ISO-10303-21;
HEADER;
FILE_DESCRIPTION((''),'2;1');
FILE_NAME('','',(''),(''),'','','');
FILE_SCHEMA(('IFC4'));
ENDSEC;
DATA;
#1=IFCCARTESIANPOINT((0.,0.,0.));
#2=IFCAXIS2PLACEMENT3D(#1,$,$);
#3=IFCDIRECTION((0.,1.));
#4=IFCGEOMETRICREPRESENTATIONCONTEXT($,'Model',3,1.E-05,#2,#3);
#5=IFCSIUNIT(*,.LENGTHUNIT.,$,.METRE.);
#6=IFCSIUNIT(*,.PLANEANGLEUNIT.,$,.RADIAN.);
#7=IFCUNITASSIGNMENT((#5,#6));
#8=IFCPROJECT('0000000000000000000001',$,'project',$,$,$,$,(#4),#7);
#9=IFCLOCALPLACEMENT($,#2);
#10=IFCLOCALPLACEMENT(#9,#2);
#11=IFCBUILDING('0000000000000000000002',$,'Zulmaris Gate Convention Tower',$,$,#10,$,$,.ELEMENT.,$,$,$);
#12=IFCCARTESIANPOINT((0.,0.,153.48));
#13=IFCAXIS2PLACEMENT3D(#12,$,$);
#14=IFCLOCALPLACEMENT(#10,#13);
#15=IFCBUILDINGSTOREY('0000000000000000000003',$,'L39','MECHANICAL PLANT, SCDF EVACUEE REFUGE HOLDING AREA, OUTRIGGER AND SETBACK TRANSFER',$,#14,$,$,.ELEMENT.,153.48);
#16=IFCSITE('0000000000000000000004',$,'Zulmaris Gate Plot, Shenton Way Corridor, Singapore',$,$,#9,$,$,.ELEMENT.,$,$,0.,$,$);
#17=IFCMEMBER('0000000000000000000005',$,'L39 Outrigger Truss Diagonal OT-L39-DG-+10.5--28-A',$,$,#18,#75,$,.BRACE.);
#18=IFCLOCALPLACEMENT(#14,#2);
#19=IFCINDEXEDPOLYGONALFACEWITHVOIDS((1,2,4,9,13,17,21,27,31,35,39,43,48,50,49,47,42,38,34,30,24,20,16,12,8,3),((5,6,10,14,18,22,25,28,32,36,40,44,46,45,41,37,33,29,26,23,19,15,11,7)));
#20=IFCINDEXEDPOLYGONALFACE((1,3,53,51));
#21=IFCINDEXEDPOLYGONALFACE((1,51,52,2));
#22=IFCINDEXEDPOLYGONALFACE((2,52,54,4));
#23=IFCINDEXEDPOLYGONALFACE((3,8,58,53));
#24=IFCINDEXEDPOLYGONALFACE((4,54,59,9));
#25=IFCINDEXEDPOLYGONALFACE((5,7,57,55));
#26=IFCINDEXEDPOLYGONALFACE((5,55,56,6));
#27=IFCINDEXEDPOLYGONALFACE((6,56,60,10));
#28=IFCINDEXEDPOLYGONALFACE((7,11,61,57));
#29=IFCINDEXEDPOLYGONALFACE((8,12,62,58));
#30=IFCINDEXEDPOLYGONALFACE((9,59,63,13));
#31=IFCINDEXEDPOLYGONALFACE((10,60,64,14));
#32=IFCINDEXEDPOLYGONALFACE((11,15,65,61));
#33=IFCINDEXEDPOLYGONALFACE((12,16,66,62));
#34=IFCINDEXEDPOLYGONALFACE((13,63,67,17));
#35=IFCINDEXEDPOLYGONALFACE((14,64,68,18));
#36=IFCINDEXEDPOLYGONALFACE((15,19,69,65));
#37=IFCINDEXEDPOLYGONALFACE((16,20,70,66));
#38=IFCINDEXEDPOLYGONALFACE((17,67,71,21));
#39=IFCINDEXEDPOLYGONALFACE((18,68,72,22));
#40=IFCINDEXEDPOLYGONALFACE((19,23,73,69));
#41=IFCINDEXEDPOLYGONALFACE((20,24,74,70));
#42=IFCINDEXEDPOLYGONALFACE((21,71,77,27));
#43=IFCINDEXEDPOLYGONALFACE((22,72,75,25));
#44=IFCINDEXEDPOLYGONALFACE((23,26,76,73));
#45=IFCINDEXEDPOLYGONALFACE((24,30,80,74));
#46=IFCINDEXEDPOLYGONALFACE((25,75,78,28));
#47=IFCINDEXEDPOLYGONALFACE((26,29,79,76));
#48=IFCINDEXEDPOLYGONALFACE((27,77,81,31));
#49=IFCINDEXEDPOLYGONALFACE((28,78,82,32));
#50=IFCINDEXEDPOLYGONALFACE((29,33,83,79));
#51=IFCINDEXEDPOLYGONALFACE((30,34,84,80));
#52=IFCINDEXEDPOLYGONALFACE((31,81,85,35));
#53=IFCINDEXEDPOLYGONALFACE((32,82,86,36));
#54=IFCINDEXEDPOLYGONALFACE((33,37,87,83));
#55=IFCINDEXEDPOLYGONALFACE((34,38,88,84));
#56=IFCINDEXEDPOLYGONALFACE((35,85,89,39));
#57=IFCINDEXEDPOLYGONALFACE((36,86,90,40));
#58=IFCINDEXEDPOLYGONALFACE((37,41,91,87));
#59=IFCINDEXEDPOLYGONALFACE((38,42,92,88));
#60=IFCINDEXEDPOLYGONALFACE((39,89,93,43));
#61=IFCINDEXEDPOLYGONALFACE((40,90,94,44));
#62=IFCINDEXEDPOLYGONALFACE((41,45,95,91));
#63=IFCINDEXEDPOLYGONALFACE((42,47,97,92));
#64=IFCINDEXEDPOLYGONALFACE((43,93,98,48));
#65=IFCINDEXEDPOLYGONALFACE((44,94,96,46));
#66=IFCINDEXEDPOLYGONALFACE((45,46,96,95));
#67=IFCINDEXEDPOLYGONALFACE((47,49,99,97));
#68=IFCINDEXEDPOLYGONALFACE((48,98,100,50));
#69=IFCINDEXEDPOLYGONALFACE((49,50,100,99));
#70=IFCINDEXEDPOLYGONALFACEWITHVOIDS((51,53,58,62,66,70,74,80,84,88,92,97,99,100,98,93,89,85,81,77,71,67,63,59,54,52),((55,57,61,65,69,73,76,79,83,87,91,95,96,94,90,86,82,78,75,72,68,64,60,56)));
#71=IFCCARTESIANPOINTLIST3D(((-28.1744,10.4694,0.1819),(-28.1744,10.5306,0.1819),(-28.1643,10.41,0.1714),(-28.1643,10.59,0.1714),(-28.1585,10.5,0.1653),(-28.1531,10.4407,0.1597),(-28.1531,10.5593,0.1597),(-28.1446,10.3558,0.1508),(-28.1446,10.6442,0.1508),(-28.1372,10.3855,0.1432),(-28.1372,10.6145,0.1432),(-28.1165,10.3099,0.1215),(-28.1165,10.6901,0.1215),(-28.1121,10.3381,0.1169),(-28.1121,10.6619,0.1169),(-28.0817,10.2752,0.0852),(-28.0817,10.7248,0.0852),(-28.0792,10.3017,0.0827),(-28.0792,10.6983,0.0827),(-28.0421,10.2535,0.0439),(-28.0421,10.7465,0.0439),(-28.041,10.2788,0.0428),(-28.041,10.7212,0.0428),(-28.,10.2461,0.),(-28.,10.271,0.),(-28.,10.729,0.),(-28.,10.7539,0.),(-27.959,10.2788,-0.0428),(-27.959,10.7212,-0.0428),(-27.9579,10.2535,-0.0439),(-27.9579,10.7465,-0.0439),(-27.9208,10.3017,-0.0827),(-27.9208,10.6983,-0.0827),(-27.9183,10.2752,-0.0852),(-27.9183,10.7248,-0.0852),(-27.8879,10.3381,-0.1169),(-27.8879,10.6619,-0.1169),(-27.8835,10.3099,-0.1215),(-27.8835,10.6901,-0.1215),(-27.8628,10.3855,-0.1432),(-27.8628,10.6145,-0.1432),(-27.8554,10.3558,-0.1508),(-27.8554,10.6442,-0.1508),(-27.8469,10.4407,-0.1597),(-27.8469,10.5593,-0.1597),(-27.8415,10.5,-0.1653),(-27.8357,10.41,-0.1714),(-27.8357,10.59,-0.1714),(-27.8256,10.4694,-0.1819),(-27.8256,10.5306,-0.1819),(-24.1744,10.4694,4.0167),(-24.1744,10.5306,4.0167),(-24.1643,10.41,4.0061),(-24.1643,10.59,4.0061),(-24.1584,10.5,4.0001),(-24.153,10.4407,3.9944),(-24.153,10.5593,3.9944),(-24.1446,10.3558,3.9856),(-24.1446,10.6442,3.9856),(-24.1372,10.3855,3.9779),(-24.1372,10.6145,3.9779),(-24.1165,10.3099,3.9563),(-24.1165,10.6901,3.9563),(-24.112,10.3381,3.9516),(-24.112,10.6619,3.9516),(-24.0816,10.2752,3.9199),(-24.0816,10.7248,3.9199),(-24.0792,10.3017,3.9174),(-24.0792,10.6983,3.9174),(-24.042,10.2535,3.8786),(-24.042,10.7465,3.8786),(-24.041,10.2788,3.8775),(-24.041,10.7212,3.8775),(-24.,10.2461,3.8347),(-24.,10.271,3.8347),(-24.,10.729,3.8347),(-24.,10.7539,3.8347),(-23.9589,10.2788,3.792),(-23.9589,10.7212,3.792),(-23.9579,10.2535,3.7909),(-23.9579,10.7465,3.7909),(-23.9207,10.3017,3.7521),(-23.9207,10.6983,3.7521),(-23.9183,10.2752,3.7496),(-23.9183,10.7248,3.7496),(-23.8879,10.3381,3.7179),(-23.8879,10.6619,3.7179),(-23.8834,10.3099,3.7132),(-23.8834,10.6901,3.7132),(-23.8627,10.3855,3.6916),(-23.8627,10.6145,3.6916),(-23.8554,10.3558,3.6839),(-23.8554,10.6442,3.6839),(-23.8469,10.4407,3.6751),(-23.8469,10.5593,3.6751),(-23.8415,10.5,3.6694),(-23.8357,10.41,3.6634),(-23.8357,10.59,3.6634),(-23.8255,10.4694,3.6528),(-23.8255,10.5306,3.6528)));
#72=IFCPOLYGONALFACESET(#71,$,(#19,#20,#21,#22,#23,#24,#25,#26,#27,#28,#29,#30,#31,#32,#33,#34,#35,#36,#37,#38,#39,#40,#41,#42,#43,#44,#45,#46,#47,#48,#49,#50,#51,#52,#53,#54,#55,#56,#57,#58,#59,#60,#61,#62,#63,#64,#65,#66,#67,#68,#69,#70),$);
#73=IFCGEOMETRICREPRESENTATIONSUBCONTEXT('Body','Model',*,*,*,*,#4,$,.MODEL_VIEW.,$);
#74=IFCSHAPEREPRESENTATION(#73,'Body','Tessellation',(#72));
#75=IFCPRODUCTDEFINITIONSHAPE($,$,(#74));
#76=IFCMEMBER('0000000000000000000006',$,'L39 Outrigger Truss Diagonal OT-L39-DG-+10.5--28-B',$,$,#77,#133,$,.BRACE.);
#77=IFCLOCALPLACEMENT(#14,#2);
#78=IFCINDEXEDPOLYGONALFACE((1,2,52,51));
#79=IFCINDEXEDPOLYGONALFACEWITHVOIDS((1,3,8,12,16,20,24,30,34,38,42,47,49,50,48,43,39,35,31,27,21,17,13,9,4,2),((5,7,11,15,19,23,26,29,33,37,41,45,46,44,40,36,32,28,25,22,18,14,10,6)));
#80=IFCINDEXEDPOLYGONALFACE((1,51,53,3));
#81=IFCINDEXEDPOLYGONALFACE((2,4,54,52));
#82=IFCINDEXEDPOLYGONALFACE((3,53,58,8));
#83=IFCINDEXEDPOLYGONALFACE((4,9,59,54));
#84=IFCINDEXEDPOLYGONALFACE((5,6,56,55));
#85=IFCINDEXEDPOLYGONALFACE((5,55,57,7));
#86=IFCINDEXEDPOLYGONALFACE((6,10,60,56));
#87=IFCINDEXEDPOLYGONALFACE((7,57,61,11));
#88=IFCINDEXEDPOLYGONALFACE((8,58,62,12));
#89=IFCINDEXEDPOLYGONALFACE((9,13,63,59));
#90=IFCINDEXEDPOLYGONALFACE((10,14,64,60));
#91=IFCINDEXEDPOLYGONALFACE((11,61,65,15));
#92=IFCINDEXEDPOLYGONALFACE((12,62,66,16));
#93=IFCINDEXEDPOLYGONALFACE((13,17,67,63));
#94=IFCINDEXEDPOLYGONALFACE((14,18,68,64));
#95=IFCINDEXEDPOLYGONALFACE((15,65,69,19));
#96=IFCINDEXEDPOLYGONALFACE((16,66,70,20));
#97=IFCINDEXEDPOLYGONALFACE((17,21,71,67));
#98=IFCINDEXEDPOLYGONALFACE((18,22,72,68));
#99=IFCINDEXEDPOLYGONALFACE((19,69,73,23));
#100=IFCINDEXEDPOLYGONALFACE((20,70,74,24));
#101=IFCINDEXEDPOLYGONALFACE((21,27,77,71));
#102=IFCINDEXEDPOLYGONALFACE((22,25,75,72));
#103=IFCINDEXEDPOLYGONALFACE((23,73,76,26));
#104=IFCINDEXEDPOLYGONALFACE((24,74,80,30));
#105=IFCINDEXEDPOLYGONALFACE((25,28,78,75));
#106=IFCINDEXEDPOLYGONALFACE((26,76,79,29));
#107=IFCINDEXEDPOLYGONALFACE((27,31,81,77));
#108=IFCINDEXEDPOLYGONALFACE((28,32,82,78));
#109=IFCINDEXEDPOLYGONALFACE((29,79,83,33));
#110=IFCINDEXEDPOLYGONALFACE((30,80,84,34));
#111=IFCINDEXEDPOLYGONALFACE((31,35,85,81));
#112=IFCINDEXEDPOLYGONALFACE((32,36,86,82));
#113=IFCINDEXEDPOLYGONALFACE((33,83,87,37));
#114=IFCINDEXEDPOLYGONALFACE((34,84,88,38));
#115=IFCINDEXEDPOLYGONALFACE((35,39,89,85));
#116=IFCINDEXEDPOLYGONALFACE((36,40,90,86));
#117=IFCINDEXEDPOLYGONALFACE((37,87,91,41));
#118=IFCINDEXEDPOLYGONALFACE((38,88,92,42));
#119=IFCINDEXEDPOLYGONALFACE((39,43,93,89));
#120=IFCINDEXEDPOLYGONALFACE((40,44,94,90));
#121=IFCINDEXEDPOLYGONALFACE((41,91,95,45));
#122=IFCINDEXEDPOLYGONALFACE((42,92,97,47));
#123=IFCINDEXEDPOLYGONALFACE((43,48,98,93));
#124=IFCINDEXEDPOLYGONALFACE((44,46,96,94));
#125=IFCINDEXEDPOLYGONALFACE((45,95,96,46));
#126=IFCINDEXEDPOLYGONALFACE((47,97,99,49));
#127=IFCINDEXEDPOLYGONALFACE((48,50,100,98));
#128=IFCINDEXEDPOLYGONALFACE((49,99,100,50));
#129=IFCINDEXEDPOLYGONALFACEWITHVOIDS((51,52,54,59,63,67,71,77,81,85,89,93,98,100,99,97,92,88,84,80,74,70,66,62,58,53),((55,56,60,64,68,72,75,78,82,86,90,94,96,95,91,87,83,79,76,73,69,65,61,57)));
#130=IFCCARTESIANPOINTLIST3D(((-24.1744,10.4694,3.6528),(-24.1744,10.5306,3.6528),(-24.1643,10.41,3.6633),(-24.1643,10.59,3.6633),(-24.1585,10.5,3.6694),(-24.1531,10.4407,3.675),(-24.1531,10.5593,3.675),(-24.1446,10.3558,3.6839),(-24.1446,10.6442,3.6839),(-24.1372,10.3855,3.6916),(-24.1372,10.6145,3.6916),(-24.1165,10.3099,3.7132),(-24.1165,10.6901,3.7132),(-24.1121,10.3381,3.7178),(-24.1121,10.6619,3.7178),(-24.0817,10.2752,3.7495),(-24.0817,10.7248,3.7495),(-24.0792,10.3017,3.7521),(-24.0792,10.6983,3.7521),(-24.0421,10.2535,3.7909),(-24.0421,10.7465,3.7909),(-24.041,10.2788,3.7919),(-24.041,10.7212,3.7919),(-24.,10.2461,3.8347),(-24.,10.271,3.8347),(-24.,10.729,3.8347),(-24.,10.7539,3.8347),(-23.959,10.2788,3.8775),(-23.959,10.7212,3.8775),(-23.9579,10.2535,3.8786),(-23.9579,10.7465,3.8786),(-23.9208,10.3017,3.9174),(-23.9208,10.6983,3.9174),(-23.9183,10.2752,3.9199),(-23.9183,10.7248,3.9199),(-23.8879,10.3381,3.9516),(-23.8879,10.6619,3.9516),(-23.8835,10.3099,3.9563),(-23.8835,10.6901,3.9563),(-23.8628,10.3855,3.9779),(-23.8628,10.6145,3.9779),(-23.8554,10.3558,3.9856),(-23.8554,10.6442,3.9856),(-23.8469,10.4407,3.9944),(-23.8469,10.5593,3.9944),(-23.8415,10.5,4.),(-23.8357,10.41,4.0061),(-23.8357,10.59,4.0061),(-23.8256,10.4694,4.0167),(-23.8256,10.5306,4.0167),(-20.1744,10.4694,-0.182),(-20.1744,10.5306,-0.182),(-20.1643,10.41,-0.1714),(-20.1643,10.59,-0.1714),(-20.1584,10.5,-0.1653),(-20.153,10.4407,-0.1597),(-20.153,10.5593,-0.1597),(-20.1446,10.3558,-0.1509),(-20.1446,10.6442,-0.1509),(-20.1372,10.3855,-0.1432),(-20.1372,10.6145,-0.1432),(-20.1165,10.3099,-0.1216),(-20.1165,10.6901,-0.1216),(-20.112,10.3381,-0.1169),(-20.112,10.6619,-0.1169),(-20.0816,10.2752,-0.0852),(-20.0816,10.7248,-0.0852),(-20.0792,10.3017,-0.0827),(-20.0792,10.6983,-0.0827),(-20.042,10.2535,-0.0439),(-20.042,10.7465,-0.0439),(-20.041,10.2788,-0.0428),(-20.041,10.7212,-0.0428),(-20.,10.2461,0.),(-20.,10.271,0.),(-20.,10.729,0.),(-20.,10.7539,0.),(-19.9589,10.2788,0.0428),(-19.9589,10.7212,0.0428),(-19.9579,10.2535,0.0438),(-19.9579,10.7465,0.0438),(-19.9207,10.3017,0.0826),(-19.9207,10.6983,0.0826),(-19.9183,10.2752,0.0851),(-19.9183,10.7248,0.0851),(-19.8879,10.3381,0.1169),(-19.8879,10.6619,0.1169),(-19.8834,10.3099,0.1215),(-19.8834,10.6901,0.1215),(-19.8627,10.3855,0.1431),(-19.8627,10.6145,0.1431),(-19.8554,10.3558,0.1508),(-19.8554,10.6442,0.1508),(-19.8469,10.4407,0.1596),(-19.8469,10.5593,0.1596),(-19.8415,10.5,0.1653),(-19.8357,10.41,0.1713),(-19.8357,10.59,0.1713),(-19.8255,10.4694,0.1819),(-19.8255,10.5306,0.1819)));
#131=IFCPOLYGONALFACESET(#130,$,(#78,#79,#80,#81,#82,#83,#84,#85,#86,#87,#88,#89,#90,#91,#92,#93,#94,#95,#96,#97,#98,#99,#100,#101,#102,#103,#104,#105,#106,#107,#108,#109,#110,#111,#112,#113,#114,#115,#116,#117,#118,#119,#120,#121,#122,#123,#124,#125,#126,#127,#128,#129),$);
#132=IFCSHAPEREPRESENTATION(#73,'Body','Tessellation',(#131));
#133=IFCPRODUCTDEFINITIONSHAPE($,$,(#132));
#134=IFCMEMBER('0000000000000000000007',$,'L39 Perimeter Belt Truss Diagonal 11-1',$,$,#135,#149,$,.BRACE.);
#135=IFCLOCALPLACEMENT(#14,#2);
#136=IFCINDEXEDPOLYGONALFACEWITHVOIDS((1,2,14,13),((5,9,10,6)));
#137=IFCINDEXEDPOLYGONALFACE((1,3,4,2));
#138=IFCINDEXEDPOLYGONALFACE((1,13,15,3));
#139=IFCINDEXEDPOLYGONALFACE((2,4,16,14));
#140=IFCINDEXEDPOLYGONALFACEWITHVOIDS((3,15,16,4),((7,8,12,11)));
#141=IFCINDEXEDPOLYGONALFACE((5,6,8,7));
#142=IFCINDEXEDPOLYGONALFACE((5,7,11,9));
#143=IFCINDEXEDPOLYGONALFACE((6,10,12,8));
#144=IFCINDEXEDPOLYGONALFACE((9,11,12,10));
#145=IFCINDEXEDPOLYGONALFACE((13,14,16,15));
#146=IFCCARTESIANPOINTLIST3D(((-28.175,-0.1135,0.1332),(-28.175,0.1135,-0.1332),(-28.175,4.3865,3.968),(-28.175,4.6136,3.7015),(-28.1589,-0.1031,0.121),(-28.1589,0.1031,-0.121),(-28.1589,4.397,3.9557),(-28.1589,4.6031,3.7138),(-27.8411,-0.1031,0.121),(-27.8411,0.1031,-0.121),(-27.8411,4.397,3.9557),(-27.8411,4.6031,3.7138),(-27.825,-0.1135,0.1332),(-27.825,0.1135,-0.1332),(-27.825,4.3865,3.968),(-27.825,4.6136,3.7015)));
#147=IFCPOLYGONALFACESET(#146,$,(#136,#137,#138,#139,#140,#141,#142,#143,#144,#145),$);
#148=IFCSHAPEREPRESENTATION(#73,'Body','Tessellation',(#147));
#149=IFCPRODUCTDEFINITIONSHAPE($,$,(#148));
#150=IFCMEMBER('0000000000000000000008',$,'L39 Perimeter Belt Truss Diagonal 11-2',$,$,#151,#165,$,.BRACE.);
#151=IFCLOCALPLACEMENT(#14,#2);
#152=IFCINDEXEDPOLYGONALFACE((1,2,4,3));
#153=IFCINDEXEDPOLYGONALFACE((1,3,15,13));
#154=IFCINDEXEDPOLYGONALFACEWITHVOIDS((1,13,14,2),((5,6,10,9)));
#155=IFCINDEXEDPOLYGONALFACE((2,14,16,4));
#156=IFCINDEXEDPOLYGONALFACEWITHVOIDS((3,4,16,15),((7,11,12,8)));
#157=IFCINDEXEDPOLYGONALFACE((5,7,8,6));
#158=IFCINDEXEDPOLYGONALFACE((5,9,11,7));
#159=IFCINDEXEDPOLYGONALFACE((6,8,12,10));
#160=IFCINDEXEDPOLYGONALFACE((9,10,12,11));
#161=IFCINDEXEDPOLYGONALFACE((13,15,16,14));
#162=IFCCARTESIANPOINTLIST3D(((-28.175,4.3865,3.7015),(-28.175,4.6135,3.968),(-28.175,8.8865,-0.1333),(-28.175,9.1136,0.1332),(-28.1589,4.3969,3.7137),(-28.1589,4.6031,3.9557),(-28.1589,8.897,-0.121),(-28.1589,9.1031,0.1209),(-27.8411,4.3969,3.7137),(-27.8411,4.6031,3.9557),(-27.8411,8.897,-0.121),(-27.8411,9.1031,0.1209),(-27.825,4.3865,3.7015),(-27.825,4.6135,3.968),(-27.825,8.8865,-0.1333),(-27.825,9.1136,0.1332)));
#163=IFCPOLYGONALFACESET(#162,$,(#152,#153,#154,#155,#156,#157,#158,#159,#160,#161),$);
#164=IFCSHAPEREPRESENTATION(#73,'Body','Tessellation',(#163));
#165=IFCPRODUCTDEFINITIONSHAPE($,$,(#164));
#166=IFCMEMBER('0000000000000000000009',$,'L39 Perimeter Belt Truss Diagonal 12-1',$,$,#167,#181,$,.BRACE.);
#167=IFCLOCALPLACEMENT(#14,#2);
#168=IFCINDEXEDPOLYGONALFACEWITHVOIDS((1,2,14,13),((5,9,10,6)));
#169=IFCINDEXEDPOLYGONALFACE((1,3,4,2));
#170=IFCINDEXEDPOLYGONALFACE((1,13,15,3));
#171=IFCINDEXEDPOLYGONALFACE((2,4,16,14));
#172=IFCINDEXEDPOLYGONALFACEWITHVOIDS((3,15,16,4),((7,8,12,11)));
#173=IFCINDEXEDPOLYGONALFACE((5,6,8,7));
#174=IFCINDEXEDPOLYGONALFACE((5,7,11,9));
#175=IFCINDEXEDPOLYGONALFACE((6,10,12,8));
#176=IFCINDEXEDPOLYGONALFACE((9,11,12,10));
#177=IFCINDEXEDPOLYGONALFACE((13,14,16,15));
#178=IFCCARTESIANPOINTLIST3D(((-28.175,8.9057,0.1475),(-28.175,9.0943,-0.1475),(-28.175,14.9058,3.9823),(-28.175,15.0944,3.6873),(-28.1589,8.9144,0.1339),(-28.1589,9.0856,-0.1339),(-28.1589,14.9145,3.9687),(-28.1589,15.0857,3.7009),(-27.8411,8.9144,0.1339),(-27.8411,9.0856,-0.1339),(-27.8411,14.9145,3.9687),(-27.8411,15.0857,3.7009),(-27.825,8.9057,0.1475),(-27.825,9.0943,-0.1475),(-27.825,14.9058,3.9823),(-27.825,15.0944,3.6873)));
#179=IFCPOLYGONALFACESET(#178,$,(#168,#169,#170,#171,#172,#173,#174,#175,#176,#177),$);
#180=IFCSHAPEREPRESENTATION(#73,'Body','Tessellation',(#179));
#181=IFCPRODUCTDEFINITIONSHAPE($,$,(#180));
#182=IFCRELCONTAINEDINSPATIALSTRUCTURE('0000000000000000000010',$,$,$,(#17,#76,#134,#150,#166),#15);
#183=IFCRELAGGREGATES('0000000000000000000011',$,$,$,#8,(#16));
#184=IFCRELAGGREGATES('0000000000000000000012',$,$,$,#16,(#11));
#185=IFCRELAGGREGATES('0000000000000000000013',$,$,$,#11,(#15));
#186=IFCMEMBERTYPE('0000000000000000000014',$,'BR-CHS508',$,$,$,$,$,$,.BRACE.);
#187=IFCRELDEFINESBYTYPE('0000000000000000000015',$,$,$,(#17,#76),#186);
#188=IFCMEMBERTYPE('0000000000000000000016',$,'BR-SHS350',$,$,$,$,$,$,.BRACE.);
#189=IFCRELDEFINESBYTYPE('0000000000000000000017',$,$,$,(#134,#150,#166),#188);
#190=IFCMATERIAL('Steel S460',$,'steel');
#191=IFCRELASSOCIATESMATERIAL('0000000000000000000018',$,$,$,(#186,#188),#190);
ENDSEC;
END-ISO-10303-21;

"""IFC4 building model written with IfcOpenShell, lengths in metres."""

from ifc_helpers import new_model, si_unit, direction, frame, origin, origin_2d, place, context, subcontext, project, spatial, hollow_rectangle, hollow_circle, extrude, material, material_profile, profile_set, type_object, element, save


model = new_model("IFC4")

# Units and contexts
model_context = context("Model", 3, precision=1e-05, world=origin(), true_north=direction((0.0, 1.0)))
body_context = subcontext(model_context, "Body", "Model", "MODEL_VIEW")
ifc_project = project(units=[si_unit("LENGTHUNIT", "METRE"), si_unit("PLANEANGLEUNIT", "RADIAN")], contexts=[model_context])

# Site, building, storey
site_placement = place(None, origin())
site = spatial("IfcSite", under=ifc_project, at=site_placement, Name="Zulmaris Gate Plot, Shenton Way Corridor, Singapore", CompositionType="ELEMENT", RefElevation=0.0)
building_placement = place(site_placement, origin())
building = spatial("IfcBuilding", under=site, at=building_placement, Name="Zulmaris Gate Convention Tower", CompositionType="ELEMENT")
storey_placement = place(building_placement, frame((0.0, 0.0, 153.48)))
storey = spatial("IfcBuildingStorey", under=building, at=storey_placement, Name="L39", Description="MECHANICAL PLANT, SCDF EVACUEE REFUGE HOLDING AREA, OUTRIGGER AND SETBACK TRANSFER", CompositionType="ELEMENT", Elevation=153.48)

# Shared definitions
ifc_material_1 = material(Name="Steel S460", Category="steel")

# Members
ifc_material_profile_1 = material_profile(ifc_material_1, hollow_circle(Radius=0.2539, WallThickness=0.0249, at=origin_2d()), Name="CHS 508x25")
ifc_profile_set_1 = profile_set([ifc_material_profile_1], Name="Steel S460")
member_type_1 = type_object("IfcMemberType", Name="BR-CHS508", PredefinedType="BRACE", material=ifc_profile_set_1)
for number, where, z_axis, x_axis, name in (
    (1, (-28.0, 10.5, 0.0), (0.721863, 0.0, 0.692035), (0.0, 1.0, 0.0), "L39 Outrigger Truss Diagonal OT-L39-DG-+10.5--28-A"),
    (2, (-24.0, 10.5, 3.8347), (0.721863, 0.0, -0.692035), (0.0, 1.0, 0.0), "L39 Outrigger Truss Diagonal OT-L39-DG-+10.5--28-B"),
):
    element("IfcMember", number, at=place(storey_placement, frame(where, z_axis=z_axis, x_axis=x_axis)), inside=storey, type_object=member_type_1, Name=name, PredefinedType="BRACE", context=body_context, shape_type="SweptSolid", body=[
        extrude(hollow_circle(Radius=0.2539, WallThickness=0.0249, at=origin_2d()), origin(), (0.0, 0.0, 1.0), 5.5413),
    ])
ifc_material_profile_2 = material_profile(ifc_material_1, hollow_rectangle(XDim=0.3501, YDim=0.3501, WallThickness=0.0161, at=origin_2d()), Name="SHS 350x350x16")
ifc_profile_set_2 = profile_set([ifc_material_profile_2], Name="Steel S460")
member_type_2 = type_object("IfcMemberType", Name="BR-SHS350", PredefinedType="BRACE", material=ifc_profile_set_2)
for number, where, z_axis, x_axis, name in (
    (3, (-28.0, 0.0, 0.0), (0.0, 0.761128, 0.648602), (-1.0, 0.0, 0.0), "L39 Perimeter Belt Truss Diagonal 11-1"),
    (4, (-28.0, 4.5, 3.8347), (0.0, 0.761128, -0.648602), (-1.0, 0.0, 0.0), "L39 Perimeter Belt Truss Diagonal 11-2"),
):
    element("IfcMember", number, at=place(storey_placement, frame(where, z_axis=z_axis, x_axis=x_axis)), inside=storey, type_object=member_type_2, Name=name, PredefinedType="BRACE", context=body_context, shape_type="SweptSolid", body=[
        extrude(hollow_rectangle(XDim=0.3501, YDim=0.3501, WallThickness=0.0161, at=origin_2d()), origin(), (0.0, 0.0, 1.0), 5.9124),
    ])
member_placement = place(storey_placement, frame((-28.0, 9.0, 0.0), z_axis=(0.0, 0.842608, 0.538527), x_axis=(-1.0, 0.0, 0.0)))
element("IfcMember", 5, at=member_placement, inside=storey, type_object=member_type_2, Name="L39 Perimeter Belt Truss Diagonal 12-1", PredefinedType="BRACE", context=body_context, shape_type="SweptSolid", body=[
    extrude(hollow_rectangle(XDim=0.3501, YDim=0.3501, WallThickness=0.0161, at=origin_2d()), origin(), (0.0, 0.0, 1.0), 7.1208),
])

save(model, "model.ifc")
